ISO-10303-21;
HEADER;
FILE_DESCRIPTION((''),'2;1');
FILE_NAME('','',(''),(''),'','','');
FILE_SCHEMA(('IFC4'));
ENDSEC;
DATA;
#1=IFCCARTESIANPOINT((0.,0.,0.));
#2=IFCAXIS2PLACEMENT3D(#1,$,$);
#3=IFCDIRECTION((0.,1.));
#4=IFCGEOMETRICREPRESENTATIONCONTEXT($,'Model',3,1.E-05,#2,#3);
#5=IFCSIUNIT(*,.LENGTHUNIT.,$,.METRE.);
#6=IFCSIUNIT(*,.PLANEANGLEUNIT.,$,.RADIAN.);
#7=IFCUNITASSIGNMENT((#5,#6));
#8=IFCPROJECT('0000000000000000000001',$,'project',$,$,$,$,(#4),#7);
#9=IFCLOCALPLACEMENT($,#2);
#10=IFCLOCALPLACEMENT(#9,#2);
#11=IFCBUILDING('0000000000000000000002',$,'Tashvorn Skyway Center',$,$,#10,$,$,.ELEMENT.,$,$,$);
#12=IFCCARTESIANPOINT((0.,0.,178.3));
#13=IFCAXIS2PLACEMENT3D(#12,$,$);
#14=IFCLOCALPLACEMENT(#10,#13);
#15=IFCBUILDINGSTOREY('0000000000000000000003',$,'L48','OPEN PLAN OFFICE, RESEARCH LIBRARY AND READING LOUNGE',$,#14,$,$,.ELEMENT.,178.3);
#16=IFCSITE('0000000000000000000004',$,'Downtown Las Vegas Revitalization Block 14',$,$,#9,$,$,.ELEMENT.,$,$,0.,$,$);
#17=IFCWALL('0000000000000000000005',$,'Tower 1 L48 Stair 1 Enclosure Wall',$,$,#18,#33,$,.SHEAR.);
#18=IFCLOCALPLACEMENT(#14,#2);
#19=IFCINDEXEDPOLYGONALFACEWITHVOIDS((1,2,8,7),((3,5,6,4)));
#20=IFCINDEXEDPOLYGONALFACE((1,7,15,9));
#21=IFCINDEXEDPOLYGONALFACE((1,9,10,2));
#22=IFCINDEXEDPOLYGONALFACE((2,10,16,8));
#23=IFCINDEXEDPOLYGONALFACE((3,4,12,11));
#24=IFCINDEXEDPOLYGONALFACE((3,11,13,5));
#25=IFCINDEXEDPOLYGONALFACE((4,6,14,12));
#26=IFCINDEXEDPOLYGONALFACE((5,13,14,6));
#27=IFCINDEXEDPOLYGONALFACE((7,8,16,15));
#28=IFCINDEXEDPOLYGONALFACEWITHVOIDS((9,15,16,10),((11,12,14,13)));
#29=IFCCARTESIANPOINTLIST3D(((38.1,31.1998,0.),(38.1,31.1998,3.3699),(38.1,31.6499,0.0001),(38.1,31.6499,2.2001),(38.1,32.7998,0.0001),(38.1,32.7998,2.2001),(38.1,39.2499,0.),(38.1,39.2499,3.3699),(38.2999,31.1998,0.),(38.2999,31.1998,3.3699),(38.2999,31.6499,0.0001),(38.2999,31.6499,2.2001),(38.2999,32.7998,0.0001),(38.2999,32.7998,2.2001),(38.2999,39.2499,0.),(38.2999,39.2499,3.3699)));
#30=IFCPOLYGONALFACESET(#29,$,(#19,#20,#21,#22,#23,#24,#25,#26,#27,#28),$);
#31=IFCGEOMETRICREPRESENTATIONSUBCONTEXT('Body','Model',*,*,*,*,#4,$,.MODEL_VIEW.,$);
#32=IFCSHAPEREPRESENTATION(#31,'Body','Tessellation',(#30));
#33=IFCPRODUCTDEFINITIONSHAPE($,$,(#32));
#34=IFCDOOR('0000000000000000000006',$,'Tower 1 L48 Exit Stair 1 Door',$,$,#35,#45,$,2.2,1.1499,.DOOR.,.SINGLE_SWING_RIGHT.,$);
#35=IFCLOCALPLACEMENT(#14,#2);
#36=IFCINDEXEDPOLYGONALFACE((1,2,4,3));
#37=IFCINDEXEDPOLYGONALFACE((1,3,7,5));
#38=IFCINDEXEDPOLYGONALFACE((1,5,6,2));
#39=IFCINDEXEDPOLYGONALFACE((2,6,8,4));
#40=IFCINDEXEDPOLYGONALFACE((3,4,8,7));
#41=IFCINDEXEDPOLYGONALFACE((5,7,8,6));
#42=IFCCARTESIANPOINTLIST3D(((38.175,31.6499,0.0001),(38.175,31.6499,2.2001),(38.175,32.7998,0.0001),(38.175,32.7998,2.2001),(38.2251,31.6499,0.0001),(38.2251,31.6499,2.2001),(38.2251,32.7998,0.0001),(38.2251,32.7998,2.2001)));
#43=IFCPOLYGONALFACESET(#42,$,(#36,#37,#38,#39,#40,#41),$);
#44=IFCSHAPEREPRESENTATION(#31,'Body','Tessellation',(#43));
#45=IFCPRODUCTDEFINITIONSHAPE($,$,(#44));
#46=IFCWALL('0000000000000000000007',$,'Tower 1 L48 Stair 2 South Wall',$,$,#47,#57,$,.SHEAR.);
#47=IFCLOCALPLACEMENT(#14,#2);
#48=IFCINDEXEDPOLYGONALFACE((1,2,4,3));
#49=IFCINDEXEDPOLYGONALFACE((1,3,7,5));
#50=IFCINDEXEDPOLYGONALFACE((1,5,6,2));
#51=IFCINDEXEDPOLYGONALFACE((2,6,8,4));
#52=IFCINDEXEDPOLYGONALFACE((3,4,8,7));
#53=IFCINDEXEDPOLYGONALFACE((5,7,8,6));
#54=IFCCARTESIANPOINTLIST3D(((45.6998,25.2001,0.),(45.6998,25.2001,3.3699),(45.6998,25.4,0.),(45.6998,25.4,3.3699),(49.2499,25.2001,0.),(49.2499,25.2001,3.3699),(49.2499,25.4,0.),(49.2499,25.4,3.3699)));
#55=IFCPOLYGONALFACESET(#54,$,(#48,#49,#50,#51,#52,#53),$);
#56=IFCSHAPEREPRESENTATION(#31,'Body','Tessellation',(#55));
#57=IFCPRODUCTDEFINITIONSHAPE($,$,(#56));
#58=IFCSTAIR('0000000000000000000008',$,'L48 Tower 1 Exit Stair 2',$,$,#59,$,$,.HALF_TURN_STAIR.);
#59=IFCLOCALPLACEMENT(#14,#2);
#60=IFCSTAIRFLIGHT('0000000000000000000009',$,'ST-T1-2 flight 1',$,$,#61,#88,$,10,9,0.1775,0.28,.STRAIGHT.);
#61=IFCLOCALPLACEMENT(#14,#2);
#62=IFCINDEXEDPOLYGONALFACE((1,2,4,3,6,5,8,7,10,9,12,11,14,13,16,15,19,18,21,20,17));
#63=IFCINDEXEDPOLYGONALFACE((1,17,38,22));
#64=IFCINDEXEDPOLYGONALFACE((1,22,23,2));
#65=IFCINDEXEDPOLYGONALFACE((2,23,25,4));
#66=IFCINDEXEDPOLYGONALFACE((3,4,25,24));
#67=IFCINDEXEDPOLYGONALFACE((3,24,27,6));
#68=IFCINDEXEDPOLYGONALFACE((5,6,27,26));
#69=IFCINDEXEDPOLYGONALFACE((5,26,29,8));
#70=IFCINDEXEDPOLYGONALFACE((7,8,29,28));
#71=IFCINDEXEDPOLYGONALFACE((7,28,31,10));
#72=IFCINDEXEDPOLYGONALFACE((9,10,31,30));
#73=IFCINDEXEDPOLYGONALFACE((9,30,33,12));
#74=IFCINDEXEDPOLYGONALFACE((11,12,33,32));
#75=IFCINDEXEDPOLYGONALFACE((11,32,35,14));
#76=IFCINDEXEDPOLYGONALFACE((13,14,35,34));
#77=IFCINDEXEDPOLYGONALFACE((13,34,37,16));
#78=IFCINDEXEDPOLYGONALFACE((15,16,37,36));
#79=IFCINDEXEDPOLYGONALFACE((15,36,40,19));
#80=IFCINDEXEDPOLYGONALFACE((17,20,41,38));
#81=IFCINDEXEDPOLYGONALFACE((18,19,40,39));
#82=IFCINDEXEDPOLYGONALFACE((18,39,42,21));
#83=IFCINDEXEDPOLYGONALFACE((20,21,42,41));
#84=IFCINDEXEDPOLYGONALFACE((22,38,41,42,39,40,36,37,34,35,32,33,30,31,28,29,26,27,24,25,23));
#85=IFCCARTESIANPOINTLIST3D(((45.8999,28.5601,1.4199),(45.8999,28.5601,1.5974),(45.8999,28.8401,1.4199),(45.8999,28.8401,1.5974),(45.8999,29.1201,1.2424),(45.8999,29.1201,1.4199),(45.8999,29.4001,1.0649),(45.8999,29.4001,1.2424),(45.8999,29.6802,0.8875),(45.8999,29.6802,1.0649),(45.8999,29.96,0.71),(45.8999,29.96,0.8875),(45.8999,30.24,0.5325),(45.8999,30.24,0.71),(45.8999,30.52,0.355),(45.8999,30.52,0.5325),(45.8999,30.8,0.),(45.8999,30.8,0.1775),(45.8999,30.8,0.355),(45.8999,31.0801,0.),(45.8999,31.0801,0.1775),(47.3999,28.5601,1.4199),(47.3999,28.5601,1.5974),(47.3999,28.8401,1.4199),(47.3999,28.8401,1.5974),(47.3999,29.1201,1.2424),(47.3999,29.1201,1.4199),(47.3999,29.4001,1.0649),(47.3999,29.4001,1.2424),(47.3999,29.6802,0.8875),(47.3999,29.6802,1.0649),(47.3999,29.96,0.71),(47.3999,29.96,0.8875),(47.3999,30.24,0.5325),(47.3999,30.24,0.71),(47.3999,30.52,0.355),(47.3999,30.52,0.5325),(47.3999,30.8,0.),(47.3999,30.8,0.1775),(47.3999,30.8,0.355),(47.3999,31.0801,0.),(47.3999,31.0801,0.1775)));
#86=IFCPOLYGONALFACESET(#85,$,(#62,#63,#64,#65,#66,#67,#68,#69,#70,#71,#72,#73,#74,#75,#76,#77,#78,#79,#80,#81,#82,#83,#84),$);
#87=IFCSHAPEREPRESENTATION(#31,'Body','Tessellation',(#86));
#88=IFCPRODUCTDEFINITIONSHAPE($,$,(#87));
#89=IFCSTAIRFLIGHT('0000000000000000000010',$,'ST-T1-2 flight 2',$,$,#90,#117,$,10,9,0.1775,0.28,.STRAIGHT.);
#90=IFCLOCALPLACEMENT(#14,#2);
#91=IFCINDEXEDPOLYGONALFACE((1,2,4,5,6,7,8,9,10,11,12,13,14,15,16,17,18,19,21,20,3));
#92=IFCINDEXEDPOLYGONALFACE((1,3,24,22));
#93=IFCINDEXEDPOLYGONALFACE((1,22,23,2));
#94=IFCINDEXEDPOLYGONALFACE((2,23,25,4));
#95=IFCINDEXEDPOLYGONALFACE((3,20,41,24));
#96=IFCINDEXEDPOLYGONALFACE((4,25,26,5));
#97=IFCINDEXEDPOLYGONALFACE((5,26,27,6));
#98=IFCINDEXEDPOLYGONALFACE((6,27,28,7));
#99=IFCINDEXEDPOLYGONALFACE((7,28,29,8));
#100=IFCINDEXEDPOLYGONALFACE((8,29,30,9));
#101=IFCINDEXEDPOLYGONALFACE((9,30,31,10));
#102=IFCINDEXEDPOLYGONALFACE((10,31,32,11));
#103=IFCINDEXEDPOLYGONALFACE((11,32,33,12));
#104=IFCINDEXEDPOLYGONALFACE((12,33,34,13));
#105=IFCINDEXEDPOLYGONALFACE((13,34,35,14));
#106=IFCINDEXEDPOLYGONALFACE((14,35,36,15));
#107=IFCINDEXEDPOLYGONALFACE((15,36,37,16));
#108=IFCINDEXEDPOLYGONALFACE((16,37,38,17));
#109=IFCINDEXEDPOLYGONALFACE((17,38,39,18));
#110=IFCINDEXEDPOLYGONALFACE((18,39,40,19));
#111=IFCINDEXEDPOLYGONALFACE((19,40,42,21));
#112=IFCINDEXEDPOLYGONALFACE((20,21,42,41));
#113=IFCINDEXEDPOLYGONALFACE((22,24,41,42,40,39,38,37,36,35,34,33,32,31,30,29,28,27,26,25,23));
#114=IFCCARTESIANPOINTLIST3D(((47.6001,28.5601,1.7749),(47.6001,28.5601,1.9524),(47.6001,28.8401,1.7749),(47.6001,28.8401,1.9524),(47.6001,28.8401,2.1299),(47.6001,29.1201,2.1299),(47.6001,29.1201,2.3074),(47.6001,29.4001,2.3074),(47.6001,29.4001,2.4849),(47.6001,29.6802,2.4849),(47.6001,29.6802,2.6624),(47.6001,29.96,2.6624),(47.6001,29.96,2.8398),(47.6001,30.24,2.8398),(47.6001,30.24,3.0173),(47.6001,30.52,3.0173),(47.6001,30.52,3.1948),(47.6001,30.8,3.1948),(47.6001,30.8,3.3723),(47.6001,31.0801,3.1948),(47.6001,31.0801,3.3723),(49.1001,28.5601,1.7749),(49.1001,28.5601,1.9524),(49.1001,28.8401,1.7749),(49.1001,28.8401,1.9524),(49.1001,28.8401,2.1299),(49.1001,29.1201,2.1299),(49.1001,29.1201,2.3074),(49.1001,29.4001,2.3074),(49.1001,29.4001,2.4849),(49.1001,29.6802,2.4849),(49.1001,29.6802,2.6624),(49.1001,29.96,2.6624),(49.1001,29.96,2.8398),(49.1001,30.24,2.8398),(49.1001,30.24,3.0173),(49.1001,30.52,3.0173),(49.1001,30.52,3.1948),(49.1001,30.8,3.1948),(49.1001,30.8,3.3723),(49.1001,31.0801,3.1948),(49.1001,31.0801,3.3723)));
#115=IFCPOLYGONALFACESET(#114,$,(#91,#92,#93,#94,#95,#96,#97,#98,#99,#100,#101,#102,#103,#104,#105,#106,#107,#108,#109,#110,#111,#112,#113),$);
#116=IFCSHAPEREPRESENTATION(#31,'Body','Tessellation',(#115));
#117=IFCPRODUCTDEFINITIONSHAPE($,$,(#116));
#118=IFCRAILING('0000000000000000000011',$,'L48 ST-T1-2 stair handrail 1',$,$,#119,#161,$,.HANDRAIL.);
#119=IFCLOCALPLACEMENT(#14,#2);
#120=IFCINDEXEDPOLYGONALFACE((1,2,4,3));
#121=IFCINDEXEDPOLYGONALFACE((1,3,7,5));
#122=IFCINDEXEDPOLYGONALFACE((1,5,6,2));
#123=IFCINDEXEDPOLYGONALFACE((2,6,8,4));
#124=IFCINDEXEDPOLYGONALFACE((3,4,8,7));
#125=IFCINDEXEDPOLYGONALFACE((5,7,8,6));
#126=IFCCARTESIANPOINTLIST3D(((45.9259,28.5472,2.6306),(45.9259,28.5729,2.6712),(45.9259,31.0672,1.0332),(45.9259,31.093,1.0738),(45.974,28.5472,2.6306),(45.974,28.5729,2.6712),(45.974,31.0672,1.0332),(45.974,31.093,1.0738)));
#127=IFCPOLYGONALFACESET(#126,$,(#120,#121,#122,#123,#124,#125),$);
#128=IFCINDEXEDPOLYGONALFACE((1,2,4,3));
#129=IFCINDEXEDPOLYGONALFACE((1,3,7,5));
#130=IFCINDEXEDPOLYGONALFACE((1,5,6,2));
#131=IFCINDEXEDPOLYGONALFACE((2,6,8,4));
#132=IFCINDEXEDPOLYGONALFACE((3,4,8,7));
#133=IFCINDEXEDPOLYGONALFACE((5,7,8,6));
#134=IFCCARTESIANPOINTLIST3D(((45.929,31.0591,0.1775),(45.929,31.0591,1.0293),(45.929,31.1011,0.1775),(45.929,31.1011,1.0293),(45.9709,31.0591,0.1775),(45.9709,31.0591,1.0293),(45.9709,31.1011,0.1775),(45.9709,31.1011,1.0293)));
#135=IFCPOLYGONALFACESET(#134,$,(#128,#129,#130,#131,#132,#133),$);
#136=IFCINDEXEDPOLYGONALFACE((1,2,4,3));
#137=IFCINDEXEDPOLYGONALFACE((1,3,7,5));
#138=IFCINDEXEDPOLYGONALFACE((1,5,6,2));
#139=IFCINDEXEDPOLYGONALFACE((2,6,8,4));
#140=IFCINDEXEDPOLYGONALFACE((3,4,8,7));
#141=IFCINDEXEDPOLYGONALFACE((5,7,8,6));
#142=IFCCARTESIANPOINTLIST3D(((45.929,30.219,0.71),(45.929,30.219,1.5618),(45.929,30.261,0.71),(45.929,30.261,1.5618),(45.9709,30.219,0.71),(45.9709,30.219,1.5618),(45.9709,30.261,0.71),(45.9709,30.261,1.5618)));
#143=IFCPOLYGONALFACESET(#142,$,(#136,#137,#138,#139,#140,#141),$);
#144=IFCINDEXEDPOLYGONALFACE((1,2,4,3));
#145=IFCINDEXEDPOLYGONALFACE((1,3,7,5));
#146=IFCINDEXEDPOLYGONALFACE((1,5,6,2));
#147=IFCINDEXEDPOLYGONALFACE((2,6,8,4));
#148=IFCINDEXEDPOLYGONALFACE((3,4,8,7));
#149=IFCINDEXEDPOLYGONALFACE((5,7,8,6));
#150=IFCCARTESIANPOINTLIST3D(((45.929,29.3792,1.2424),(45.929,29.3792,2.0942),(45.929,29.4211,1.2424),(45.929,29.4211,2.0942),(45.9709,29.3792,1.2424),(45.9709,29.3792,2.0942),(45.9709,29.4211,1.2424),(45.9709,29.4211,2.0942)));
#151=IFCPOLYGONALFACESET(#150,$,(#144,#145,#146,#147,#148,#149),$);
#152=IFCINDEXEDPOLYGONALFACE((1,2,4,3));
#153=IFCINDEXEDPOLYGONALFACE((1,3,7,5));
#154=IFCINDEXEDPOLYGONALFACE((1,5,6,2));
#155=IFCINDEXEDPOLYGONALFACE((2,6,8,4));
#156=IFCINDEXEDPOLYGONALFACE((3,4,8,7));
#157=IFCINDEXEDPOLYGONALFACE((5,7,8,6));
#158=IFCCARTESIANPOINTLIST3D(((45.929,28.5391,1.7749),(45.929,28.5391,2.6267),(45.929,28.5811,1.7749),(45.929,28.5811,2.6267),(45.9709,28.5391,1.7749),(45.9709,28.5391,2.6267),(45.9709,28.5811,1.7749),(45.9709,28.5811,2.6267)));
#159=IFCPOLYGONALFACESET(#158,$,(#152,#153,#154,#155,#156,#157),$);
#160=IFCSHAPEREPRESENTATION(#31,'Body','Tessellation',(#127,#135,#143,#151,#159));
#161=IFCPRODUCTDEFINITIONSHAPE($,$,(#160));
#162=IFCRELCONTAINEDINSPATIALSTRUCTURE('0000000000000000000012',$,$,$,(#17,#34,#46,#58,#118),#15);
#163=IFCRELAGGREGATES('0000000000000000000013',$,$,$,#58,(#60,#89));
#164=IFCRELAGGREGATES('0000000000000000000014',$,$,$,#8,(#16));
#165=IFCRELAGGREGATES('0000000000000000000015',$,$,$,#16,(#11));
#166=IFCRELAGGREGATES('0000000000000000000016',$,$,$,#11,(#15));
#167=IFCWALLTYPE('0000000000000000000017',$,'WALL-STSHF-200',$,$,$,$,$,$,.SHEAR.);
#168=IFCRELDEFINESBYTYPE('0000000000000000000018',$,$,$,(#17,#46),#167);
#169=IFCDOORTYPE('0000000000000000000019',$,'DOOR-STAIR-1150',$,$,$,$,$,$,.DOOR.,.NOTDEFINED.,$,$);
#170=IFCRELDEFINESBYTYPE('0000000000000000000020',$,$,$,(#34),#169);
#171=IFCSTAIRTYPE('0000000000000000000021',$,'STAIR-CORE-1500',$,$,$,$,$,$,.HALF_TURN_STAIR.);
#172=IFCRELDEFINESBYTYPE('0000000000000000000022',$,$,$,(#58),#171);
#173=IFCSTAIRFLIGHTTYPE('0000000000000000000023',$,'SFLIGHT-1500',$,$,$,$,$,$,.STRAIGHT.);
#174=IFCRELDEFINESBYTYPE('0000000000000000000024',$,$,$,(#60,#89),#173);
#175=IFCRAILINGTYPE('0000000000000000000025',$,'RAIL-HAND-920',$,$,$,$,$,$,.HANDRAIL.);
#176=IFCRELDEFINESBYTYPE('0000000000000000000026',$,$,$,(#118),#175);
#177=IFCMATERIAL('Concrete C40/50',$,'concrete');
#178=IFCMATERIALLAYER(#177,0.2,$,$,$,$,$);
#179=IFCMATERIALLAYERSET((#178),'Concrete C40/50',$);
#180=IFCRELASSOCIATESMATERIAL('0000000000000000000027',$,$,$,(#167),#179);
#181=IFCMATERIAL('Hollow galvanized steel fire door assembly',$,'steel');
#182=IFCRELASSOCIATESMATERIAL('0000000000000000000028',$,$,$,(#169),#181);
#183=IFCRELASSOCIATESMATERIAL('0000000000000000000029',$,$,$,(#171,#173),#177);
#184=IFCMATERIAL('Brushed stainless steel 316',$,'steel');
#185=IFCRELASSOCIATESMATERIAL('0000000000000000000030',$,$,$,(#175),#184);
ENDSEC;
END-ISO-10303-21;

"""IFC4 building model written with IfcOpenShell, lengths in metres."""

from ifc_helpers import new_model, si_unit, direction, frame, frame_2d, origin, origin_2d, place, context, subcontext, project, spatial, polyline, rectangle, outline, extrude, material, layer, layer_set, type_object, element, fill, aggregate, save


model = new_model("IFC4")

# Units and contexts
model_context = context("Model", 3, precision=1e-05, world=origin(), true_north=direction((0.0, 1.0)))
body_context = subcontext(model_context, "Body", "Model", "MODEL_VIEW")
ifc_project = project(units=[si_unit("LENGTHUNIT", "METRE"), si_unit("PLANEANGLEUNIT", "RADIAN")], contexts=[model_context])

# Site, building, storey
site_placement = place(None, origin())
site = spatial("IfcSite", under=ifc_project, at=site_placement, Name="Downtown Las Vegas Revitalization Block 14", CompositionType="ELEMENT", RefElevation=0.0)
building_placement = place(site_placement, origin())
building = spatial("IfcBuilding", under=site, at=building_placement, Name="Tashvorn Skyway Center", CompositionType="ELEMENT")
storey_placement = place(building_placement, frame((0.0, 0.0, 178.3)))
storey = spatial("IfcBuildingStorey", under=building, at=storey_placement, Name="L48", Description="OPEN PLAN OFFICE, RESEARCH LIBRARY AND READING LOUNGE", CompositionType="ELEMENT", Elevation=178.3)

# Shared definitions
ifc_material_1 = material(Name="Concrete C40/50", Category="concrete")
ifc_material_2 = material(Name="Hollow galvanized steel fire door assembly", Category="steel")

# Wall, opening, door
ifc_layer_1 = layer(ifc_material_1, 0.2)
ifc_layer_set_1 = layer_set([ifc_layer_1], Name="Concrete C40/50")
wall_type_1 = type_object("IfcWallType", Name="WALL-STSHF-200", PredefinedType="SHEAR", material=ifc_layer_set_1)
wall_1_placement = place(storey_placement, frame((38.2, 31.2, 0.0), z_axis=(0.0, 0.0, 1.0), x_axis=(0.0, 1.0, 0.0)))
wall_1 = element("IfcWall", 1, at=wall_1_placement, inside=storey, type_object=wall_type_1, Name="Tower 1 L48 Stair 1 Enclosure Wall", PredefinedType="SHEAR", context=body_context, shape_type="SweptSolid", body=[
    extrude(rectangle(XDim=8.05, YDim=0.2, at=frame_2d((4.0249, 0.0))), origin(), (0.0, 0.0, 1.0), 3.3699),
])
opening_1_placement = place(wall_1_placement, frame((0.45, 0.0, 0.0)))
opening_1 = element("IfcOpeningElement", 2, at=opening_1_placement, cuts=wall_1, PredefinedType="OPENING", context=body_context, shape_type="SweptSolid", body=[
    extrude(rectangle(XDim=1.1499, YDim=2.2, at=frame_2d((0.575, 1.1001))), frame((0.0, 0.1099, 0.0), z_axis=(0.0, -1.0, 0.0), x_axis=(1.0, 0.0, 0.0)), (0.0, 0.0, 1.0), 0.22),
])
door_type_1 = type_object("IfcDoorType", Name="DOOR-STAIR-1150", OperationType="NOTDEFINED", PredefinedType="DOOR", material=ifc_material_2)
door_1_placement = place(opening_1_placement, origin())
door_1 = element("IfcDoor", 3, at=door_1_placement, inside=storey, type_object=door_type_1, Name="Tower 1 L48 Exit Stair 1 Door", OperationType="SINGLE_SWING_RIGHT", OverallHeight=2.2, OverallWidth=1.1499, PredefinedType="DOOR", context=body_context, shape_type="SweptSolid", body=[
    extrude(rectangle(XDim=1.1499, YDim=2.2, at=frame_2d((0.575, 1.1001))), frame((0.0, 0.0249, 0.0), z_axis=(0.0, -1.0, 0.0), x_axis=(1.0, 0.0, 0.0)), (0.0, 0.0, 1.0), 0.05),
])
fill(opening_1, door_1)

# Wall
wall_2_placement = place(storey_placement, frame((45.7, 25.3, 0.0), z_axis=(0.0, 0.0, 1.0), x_axis=(1.0, 0.0, 0.0)))
element("IfcWall", 4, at=wall_2_placement, inside=storey, type_object=wall_type_1, Name="Tower 1 L48 Stair 2 South Wall", PredefinedType="SHEAR", context=body_context, shape_type="SweptSolid", body=[
    extrude(rectangle(XDim=3.55, YDim=0.2, at=frame_2d((1.7749, 0.0))), origin(), (0.0, 0.0, 1.0), 3.3699),
])

# Stair, stair flights
stair_type = type_object("IfcStairType", Name="STAIR-CORE-1500", PredefinedType="HALF_TURN_STAIR", material=ifc_material_1)
stair_placement = place(storey_placement, origin())
stair = element("IfcStair", 5, at=stair_placement, inside=storey, type_object=stair_type, Name="L48 Tower 1 Exit Stair 2", PredefinedType="HALF_TURN_STAIR")
stair_flight_type = type_object("IfcStairFlightType", Name="SFLIGHT-1500", PredefinedType="STRAIGHT", material=ifc_material_1)
stair_flight_1_placement = place(storey_placement, frame((46.6499, 31.0801, 0.0), z_axis=(0.0, 0.0, 1.0), x_axis=(0.0, -1.0, 0.0)))
stair_flight_1 = element("IfcStairFlight", 6, at=stair_flight_1_placement, type_object=stair_flight_type, Name="ST-T1-2 flight 1", NumberOfRisers=10, NumberOfTreads=9, PredefinedType="STRAIGHT", RiserHeight=0.1775, TreadLength=0.28, context=body_context, shape_type="SweptSolid", body=[
    extrude(outline(polyline([(0.0, 0.0), (0.0, 0.1775), (0.28, 0.1775), (0.28, 0.355), (0.5601, 0.355), (0.5601, 0.5325), (0.8401, 0.5325), (0.8401, 0.71), (1.1201, 0.71), (1.1201, 0.8875), (1.3999, 0.8875), (1.3999, 1.0649), (1.6799, 1.0649), (1.6799, 1.2424), (1.96, 1.2424), (1.96, 1.4199), (2.24, 1.4199), (2.24, 1.5974), (2.52, 1.5974), (2.52, 1.7749), (2.52, 1.4199), (0.28, 0.0), (0.0, 0.0)])), frame((0.0, 0.75, 0.0), z_axis=(0.0, -1.0, 0.0), x_axis=(1.0, 0.0, 0.0)), (0.0, 0.0, 1.0), 1.5),
])
stair_flight_2_placement = place(storey_placement, frame((48.3501, 28.5601, 1.7749), z_axis=(0.0, 0.0, 1.0), x_axis=(0.0, 1.0, 0.0)))
stair_flight_2 = element("IfcStairFlight", 7, at=stair_flight_2_placement, type_object=stair_flight_type, Name="ST-T1-2 flight 2", NumberOfRisers=10, NumberOfTreads=9, PredefinedType="STRAIGHT", RiserHeight=0.1775, TreadLength=0.28, context=body_context, shape_type="SweptSolid", body=[
    extrude(outline(polyline([(0.0, 0.0), (0.0, 0.1775), (0.28, 0.1775), (0.28, 0.355), (0.5601, 0.355), (0.5601, 0.5325), (0.8401, 0.5325), (0.8401, 0.71), (1.1201, 0.71), (1.1201, 0.8875), (1.3999, 0.8875), (1.3999, 1.0649), (1.6799, 1.0649), (1.6799, 1.2424), (1.96, 1.2424), (1.96, 1.4199), (2.24, 1.4199), (2.24, 1.5974), (2.52, 1.5974), (2.52, 1.7749), (2.52, 1.4199), (0.28, 0.0), (0.0, 0.0)])), frame((0.0, 0.75, 0.0), z_axis=(0.0, -1.0, 0.0), x_axis=(1.0, 0.0, 0.0)), (0.0, 0.0, 1.0), 1.5),
])
aggregate(stair, [stair_flight_1, stair_flight_2])

# Railing
ifc_material_3 = material(Name="Brushed stainless steel 316", Category="steel")
railing_type_1 = type_object("IfcRailingType", Name="RAIL-HAND-920", PredefinedType="HANDRAIL", material=ifc_material_3)
railing_1_placement = place(storey_placement, frame((45.95, 31.0801, 0.1775)))
element("IfcRailing", 8, at=railing_1_placement, inside=storey, type_object=railing_type_1, Name="L48 ST-T1-2 stair handrail 1", PredefinedType="HANDRAIL", context=body_context, shape_type="SweptSolid", body=[
    extrude(rectangle(XDim=0.0481, YDim=0.0481, at=origin_2d()), frame((0.0, 0.0, 0.876), z_axis=(0.0, -0.844607, 0.535387), x_axis=(1.0, 0.0, 0.0)), (0.0, 0.0, 1.0), 2.9836),
    extrude(rectangle(XDim=0.042, YDim=0.042, at=origin_2d()), origin(), (0.0, 0.0, 1.0), 0.8518),
    extrude(rectangle(XDim=0.042, YDim=0.042, at=origin_2d()), frame((0.0, -0.8401, 0.5325)), (0.0, 0.0, 1.0), 0.8518),
    extrude(rectangle(XDim=0.042, YDim=0.042, at=origin_2d()), frame((0.0, -1.6799, 1.0649)), (0.0, 0.0, 1.0), 0.8518),
    extrude(rectangle(XDim=0.042, YDim=0.042, at=origin_2d()), frame((0.0, -2.52, 1.5974)), (0.0, 0.0, 1.0), 0.8518),
])

save(model, "model.ifc")
